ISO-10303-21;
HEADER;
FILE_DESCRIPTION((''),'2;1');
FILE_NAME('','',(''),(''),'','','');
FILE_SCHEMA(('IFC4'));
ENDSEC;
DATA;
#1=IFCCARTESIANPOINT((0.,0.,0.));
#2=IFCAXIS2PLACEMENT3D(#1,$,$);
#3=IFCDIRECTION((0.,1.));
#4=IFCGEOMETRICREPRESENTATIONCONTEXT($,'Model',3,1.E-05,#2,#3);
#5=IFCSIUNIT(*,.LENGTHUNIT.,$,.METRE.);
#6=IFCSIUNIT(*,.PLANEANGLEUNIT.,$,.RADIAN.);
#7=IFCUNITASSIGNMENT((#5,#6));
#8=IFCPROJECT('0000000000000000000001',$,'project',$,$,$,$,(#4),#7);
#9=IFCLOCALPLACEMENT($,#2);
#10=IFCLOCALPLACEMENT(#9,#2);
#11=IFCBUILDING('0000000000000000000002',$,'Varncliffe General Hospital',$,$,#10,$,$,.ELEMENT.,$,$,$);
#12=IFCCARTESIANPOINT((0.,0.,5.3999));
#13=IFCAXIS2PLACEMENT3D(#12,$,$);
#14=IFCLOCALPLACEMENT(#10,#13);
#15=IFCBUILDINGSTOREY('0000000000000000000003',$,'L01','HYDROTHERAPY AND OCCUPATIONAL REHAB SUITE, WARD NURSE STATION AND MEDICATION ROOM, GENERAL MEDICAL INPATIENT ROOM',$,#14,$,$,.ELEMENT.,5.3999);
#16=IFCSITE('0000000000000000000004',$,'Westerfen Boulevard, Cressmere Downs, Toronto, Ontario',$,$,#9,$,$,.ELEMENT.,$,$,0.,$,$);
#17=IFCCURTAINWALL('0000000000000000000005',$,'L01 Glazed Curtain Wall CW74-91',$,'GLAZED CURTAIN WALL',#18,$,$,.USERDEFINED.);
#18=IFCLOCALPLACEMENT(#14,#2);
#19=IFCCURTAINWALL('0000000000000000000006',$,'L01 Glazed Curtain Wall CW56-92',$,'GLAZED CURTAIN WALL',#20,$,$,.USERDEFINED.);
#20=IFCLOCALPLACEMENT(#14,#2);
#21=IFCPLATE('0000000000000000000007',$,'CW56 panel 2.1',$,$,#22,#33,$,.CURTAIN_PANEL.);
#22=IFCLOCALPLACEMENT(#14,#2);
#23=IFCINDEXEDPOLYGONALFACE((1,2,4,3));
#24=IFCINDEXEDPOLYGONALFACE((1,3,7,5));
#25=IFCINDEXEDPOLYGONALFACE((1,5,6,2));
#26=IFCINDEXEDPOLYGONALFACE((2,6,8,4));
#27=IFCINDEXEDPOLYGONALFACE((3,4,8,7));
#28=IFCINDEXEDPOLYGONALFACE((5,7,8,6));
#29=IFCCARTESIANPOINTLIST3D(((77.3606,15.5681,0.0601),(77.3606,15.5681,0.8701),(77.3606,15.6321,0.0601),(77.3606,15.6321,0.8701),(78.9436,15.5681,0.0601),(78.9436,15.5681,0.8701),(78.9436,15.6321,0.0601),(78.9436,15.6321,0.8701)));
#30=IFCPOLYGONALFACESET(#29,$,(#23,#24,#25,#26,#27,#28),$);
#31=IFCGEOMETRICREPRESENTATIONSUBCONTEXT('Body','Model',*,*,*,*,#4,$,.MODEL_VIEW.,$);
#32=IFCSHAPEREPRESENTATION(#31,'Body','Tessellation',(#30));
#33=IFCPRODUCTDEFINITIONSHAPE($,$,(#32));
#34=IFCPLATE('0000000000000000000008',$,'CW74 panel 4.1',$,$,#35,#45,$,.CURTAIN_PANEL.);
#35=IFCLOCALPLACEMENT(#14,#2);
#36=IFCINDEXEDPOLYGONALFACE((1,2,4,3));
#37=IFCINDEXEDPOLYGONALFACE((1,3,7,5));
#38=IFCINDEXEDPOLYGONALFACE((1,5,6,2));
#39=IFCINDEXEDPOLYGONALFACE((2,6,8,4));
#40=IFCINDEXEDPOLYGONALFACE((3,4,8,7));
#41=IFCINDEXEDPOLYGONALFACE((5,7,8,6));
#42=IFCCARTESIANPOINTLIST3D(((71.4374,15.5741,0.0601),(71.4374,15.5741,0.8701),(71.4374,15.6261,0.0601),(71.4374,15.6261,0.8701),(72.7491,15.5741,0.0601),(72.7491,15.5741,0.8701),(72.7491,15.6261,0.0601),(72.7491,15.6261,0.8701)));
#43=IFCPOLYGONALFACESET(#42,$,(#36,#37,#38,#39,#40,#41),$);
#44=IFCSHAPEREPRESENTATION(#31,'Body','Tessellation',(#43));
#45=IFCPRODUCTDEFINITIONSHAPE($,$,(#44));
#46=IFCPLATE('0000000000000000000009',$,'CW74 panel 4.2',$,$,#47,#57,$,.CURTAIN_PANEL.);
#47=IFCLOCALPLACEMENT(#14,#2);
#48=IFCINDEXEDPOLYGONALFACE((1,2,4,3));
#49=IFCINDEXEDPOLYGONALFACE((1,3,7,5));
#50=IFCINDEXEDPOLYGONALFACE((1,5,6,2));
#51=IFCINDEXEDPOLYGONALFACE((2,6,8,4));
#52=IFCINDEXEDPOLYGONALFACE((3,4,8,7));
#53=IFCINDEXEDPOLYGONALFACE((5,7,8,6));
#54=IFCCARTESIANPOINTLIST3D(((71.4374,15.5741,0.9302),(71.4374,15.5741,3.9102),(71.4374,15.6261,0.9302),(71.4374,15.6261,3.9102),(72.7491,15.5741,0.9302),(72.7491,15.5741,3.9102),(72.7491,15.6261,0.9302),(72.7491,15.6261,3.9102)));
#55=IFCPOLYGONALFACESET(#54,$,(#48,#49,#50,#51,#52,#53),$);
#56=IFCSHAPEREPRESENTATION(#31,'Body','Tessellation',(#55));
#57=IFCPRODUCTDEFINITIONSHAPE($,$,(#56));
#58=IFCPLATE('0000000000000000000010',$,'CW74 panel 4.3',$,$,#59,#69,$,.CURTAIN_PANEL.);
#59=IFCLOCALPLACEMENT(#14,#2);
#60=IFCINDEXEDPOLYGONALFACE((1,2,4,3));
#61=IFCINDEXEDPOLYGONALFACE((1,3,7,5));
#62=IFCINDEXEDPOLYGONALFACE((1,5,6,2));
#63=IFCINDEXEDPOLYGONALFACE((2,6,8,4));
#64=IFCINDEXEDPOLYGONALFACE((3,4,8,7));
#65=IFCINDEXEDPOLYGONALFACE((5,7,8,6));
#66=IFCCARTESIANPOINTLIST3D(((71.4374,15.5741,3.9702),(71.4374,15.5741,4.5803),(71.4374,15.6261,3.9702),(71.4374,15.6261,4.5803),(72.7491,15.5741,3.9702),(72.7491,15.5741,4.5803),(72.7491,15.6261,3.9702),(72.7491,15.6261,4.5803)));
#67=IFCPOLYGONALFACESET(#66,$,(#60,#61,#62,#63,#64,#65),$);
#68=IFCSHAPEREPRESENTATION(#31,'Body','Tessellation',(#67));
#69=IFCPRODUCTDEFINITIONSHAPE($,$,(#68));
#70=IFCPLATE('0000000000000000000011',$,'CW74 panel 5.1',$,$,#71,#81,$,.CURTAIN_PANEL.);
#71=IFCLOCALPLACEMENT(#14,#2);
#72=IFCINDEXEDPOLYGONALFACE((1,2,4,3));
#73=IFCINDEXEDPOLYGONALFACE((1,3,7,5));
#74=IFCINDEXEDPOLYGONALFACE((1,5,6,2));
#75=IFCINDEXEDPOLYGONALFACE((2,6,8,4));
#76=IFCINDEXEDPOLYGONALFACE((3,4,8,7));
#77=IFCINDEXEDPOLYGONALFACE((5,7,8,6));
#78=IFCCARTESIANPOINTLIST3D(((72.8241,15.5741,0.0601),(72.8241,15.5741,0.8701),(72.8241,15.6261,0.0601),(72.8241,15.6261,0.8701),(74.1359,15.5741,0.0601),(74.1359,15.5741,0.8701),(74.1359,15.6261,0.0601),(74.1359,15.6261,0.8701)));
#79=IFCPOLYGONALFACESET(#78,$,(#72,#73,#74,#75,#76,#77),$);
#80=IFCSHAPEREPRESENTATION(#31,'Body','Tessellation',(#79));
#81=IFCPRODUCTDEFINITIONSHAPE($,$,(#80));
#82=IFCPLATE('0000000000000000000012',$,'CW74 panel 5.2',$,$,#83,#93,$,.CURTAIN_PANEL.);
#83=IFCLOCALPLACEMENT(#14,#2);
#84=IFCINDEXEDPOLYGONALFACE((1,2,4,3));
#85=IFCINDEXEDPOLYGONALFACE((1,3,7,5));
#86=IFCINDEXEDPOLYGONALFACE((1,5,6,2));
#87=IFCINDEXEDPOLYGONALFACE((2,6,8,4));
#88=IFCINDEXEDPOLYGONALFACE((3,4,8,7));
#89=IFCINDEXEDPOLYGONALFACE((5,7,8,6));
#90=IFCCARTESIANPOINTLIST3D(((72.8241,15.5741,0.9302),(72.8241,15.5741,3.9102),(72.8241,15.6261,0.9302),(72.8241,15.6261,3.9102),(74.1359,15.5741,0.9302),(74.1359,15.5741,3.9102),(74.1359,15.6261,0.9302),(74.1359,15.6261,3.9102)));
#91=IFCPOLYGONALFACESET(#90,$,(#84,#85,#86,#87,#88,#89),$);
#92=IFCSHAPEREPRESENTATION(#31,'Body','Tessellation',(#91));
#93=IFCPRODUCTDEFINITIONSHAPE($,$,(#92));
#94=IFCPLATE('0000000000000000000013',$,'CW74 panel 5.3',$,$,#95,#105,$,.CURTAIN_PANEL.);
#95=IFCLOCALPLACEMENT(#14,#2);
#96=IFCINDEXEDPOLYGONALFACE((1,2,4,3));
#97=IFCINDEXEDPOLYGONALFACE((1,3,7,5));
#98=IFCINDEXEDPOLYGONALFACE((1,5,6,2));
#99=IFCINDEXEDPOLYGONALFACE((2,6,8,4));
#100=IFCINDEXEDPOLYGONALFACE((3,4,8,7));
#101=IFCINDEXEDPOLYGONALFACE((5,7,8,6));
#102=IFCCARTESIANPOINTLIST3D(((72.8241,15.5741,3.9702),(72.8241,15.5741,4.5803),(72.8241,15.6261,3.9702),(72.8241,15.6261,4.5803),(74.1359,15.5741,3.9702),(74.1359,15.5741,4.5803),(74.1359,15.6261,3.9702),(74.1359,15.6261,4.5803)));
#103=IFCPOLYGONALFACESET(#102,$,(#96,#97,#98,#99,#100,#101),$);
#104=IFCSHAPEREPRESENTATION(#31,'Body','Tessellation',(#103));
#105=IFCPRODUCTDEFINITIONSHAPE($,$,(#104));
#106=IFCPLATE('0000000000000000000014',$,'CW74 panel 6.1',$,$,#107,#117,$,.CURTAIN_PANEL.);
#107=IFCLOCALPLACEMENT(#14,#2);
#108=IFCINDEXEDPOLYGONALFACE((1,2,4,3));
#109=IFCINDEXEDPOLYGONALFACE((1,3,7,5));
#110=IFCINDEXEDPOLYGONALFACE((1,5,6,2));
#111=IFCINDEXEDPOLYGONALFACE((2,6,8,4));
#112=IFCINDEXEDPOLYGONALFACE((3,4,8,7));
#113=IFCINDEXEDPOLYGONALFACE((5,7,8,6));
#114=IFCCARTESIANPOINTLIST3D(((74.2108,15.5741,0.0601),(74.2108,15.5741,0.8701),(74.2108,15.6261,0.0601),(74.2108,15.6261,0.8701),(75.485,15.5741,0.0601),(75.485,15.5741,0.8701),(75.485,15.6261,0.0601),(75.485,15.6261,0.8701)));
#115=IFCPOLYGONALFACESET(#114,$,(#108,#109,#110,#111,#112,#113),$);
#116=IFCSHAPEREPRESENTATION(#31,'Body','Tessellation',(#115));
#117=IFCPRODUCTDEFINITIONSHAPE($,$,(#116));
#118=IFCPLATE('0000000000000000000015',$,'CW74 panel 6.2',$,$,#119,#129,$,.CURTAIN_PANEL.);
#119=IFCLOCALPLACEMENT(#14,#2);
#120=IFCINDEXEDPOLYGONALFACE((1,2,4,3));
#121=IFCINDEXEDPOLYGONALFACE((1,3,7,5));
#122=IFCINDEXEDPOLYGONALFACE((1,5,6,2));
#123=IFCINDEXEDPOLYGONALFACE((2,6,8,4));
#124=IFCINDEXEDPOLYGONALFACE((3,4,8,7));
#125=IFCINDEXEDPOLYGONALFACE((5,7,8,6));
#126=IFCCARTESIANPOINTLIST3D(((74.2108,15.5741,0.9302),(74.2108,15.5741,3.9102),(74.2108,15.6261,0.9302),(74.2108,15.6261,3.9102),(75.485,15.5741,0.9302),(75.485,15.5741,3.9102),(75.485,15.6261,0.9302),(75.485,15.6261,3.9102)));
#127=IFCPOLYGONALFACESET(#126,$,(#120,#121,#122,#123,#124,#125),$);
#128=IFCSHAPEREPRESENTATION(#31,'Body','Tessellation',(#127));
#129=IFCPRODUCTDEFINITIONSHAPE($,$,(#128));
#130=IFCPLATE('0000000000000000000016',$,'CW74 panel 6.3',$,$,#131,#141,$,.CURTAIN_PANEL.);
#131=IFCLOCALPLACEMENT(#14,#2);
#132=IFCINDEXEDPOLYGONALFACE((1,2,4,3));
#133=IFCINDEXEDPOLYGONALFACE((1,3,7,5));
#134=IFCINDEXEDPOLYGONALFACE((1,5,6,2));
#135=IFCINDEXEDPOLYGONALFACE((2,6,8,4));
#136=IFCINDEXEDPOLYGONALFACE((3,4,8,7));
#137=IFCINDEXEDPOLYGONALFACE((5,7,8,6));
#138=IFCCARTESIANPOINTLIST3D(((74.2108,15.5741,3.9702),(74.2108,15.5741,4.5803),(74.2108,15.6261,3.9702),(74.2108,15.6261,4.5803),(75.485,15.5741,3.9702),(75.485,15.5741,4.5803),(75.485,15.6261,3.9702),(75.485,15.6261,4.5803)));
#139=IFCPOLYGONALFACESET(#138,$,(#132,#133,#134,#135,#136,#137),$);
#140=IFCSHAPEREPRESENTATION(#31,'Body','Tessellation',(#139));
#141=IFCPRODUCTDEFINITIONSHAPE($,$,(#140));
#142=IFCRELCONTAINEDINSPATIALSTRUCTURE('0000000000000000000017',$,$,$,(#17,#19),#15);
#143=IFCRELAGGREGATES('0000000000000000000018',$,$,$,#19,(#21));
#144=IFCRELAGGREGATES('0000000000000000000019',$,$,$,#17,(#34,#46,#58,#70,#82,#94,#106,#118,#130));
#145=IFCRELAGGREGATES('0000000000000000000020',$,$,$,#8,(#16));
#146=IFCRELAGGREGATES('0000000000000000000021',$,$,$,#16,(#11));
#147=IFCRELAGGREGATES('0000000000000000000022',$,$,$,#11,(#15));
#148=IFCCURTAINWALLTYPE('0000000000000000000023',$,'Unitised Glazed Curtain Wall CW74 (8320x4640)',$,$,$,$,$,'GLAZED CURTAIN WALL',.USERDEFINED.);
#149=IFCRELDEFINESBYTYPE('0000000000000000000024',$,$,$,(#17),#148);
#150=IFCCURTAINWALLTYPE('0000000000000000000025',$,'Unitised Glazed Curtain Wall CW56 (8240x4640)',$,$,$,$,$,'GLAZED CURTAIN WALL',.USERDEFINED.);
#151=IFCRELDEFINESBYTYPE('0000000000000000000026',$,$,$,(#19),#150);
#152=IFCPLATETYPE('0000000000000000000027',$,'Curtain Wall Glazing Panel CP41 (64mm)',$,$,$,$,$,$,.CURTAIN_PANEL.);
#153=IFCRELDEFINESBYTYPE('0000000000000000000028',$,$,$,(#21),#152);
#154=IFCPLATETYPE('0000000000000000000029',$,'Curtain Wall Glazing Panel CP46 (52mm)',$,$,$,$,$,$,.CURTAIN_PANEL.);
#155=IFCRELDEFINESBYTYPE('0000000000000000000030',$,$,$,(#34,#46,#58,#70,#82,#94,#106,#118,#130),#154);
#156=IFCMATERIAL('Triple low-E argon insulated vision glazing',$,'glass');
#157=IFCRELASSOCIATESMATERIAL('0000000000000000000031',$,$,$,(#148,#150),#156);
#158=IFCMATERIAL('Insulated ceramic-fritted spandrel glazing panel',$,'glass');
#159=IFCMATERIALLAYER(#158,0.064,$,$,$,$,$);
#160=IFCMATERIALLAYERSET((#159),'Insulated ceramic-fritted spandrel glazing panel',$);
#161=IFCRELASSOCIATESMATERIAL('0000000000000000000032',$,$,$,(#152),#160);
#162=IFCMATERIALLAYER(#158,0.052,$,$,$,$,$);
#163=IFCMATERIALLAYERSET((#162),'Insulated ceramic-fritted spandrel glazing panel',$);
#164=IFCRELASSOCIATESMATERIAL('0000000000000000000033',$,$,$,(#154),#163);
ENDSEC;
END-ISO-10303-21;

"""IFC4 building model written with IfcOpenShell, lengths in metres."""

from ifc_helpers import new_model, si_unit, direction, frame, origin, origin_2d, place, context, subcontext, project, spatial, rectangle, extrude, material, layer, layer_set, type_object, element, aggregate, save


model = new_model("IFC4")

# Units and contexts
model_context = context("Model", 3, precision=1e-05, world=origin(), true_north=direction((0.0, 1.0)))
body_context = subcontext(model_context, "Body", "Model", "MODEL_VIEW")
ifc_project = project(units=[si_unit("LENGTHUNIT", "METRE"), si_unit("PLANEANGLEUNIT", "RADIAN")], contexts=[model_context])

# Site, building, storey
site_placement = place(None, origin())
site = spatial("IfcSite", under=ifc_project, at=site_placement, Name="Westerfen Boulevard, Cressmere Downs, Toronto, Ontario", CompositionType="ELEMENT", RefElevation=0.0)
building_placement = place(site_placement, origin())
building = spatial("IfcBuilding", under=site, at=building_placement, Name="Varncliffe General Hospital", CompositionType="ELEMENT")
storey_placement = place(building_placement, frame((0.0, 0.0, 5.3999)))
storey = spatial("IfcBuildingStorey", under=building, at=storey_placement, Name="L01", Description="HYDROTHERAPY AND OCCUPATIONAL REHAB SUITE, WARD NURSE STATION AND MEDICATION ROOM, GENERAL MEDICAL INPATIENT ROOM", CompositionType="ELEMENT", Elevation=5.3999)

# Curtain walls
ifc_material_1 = material(Name="Triple low-E argon insulated vision glazing", Category="glass")
curtain_wall_type_1 = type_object("IfcCurtainWallType", Name="Unitised Glazed Curtain Wall CW74 (8320x4640)", ElementType="GLAZED CURTAIN WALL", PredefinedType="USERDEFINED", material=ifc_material_1)
curtain_wall_1_placement = place(storey_placement, origin())
curtain_wall_1 = element("IfcCurtainWall", 1, at=curtain_wall_1_placement, inside=storey, type_object=curtain_wall_type_1, Name="L01 Glazed Curtain Wall CW74-91", ObjectType="GLAZED CURTAIN WALL", PredefinedType="USERDEFINED")
curtain_wall_type_2 = type_object("IfcCurtainWallType", Name="Unitised Glazed Curtain Wall CW56 (8240x4640)", ElementType="GLAZED CURTAIN WALL", PredefinedType="USERDEFINED", material=ifc_material_1)
curtain_wall_2_placement = place(storey_placement, origin())
curtain_wall_2 = element("IfcCurtainWall", 2, at=curtain_wall_2_placement, inside=storey, type_object=curtain_wall_type_2, Name="L01 Glazed Curtain Wall CW56-92", ObjectType="GLAZED CURTAIN WALL", PredefinedType="USERDEFINED")

# Plates
ifc_material_2 = material(Name="Insulated ceramic-fritted spandrel glazing panel", Category="glass")
ifc_layer_1 = layer(ifc_material_2, 0.064)
ifc_layer_set_1 = layer_set([ifc_layer_1], Name="Insulated ceramic-fritted spandrel glazing panel")
plate_type_1 = type_object("IfcPlateType", Name="Curtain Wall Glazing Panel CP41 (64mm)", PredefinedType="CURTAIN_PANEL", material=ifc_layer_set_1)
plate_1_placement = place(storey_placement, frame((78.1521, 15.6001, 0.0601), z_axis=(0.0, 0.0, 1.0), x_axis=(1.0, 0.0, 0.0)))
plate_1 = element("IfcPlate", 3, at=plate_1_placement, type_object=plate_type_1, Name="CW56 panel 2.1", PredefinedType="CURTAIN_PANEL", context=body_context, shape_type="SweptSolid", body=[
    extrude(rectangle(XDim=1.583, YDim=0.064, at=origin_2d()), origin(), (0.0, 0.0, 1.0), 0.8101),
])
aggregate(curtain_wall_2, [plate_1])
ifc_layer_2 = layer(ifc_material_2, 0.052)
ifc_layer_set_2 = layer_set([ifc_layer_2], Name="Insulated ceramic-fritted spandrel glazing panel")
plate_type_2 = type_object("IfcPlateType", Name="Curtain Wall Glazing Panel CP46 (52mm)", PredefinedType="CURTAIN_PANEL", material=ifc_layer_set_2)
plate_2_placement = place(storey_placement, frame((72.0933, 15.6001, 0.0601), z_axis=(0.0, 0.0, 1.0), x_axis=(1.0, 0.0, 0.0)))
plate_2 = element("IfcPlate", 4, at=plate_2_placement, type_object=plate_type_2, Name="CW74 panel 4.1", PredefinedType="CURTAIN_PANEL", context=body_context, shape_type="SweptSolid", body=[
    extrude(rectangle(XDim=1.3118, YDim=0.052, at=origin_2d()), origin(), (0.0, 0.0, 1.0), 0.8101),
])
plate_3_placement = place(storey_placement, frame((72.0933, 15.6001, 0.9302), z_axis=(0.0, 0.0, 1.0), x_axis=(1.0, 0.0, 0.0)))
plate_3 = element("IfcPlate", 5, at=plate_3_placement, type_object=plate_type_2, Name="CW74 panel 4.2", PredefinedType="CURTAIN_PANEL", context=body_context, shape_type="SweptSolid", body=[
    extrude(rectangle(XDim=1.3118, YDim=0.052, at=origin_2d()), origin(), (0.0, 0.0, 1.0), 2.98),
])
plate_4_placement = place(storey_placement, frame((72.0933, 15.6001, 3.9702), z_axis=(0.0, 0.0, 1.0), x_axis=(1.0, 0.0, 0.0)))
plate_4 = element("IfcPlate", 6, at=plate_4_placement, type_object=plate_type_2, Name="CW74 panel 4.3", PredefinedType="CURTAIN_PANEL", context=body_context, shape_type="SweptSolid", body=[
    extrude(rectangle(XDim=1.3118, YDim=0.052, at=origin_2d()), origin(), (0.0, 0.0, 1.0), 0.6101),
])
plate_5_placement = place(storey_placement, frame((73.48, 15.6001, 0.0601), z_axis=(0.0, 0.0, 1.0), x_axis=(1.0, 0.0, 0.0)))
plate_5 = element("IfcPlate", 7, at=plate_5_placement, type_object=plate_type_2, Name="CW74 panel 5.1", PredefinedType="CURTAIN_PANEL", context=body_context, shape_type="SweptSolid", body=[
    extrude(rectangle(XDim=1.3118, YDim=0.052, at=origin_2d()), origin(), (0.0, 0.0, 1.0), 0.8101),
])
plate_6_placement = place(storey_placement, frame((73.48, 15.6001, 0.9302), z_axis=(0.0, 0.0, 1.0), x_axis=(1.0, 0.0, 0.0)))
plate_6 = element("IfcPlate", 8, at=plate_6_placement, type_object=plate_type_2, Name="CW74 panel 5.2", PredefinedType="CURTAIN_PANEL", context=body_context, shape_type="SweptSolid", body=[
    extrude(rectangle(XDim=1.3118, YDim=0.052, at=origin_2d()), origin(), (0.0, 0.0, 1.0), 2.98),
])
plate_7_placement = place(storey_placement, frame((73.48, 15.6001, 3.9702), z_axis=(0.0, 0.0, 1.0), x_axis=(1.0, 0.0, 0.0)))
plate_7 = element("IfcPlate", 9, at=plate_7_placement, type_object=plate_type_2, Name="CW74 panel 5.3", PredefinedType="CURTAIN_PANEL", context=body_context, shape_type="SweptSolid", body=[
    extrude(rectangle(XDim=1.3118, YDim=0.052, at=origin_2d()), origin(), (0.0, 0.0, 1.0), 0.6101),
])
plate_8_placement = place(storey_placement, frame((74.8479, 15.6001, 0.0601), z_axis=(0.0, 0.0, 1.0), x_axis=(1.0, 0.0, 0.0)))
plate_8 = element("IfcPlate", 10, at=plate_8_placement, type_object=plate_type_2, Name="CW74 panel 6.1", PredefinedType="CURTAIN_PANEL", context=body_context, shape_type="SweptSolid", body=[
    extrude(rectangle(XDim=1.2742, YDim=0.052, at=origin_2d()), origin(), (0.0, 0.0, 1.0), 0.8101),
])
plate_9_placement = place(storey_placement, frame((74.8479, 15.6001, 0.9302), z_axis=(0.0, 0.0, 1.0), x_axis=(1.0, 0.0, 0.0)))
plate_9 = element("IfcPlate", 11, at=plate_9_placement, type_object=plate_type_2, Name="CW74 panel 6.2", PredefinedType="CURTAIN_PANEL", context=body_context, shape_type="SweptSolid", body=[
    extrude(rectangle(XDim=1.2742, YDim=0.052, at=origin_2d()), origin(), (0.0, 0.0, 1.0), 2.98),
])
plate_10_placement = place(storey_placement, frame((74.8479, 15.6001, 3.9702), z_axis=(0.0, 0.0, 1.0), x_axis=(1.0, 0.0, 0.0)))
plate_10 = element("IfcPlate", 12, at=plate_10_placement, type_object=plate_type_2, Name="CW74 panel 6.3", PredefinedType="CURTAIN_PANEL", context=body_context, shape_type="SweptSolid", body=[
    extrude(rectangle(XDim=1.2742, YDim=0.052, at=origin_2d()), origin(), (0.0, 0.0, 1.0), 0.6101),
])
aggregate(curtain_wall_1, [plate_2, plate_3, plate_4, plate_5, plate_6, plate_7, plate_8, plate_9, plate_10])

save(model, "model.ifc")
